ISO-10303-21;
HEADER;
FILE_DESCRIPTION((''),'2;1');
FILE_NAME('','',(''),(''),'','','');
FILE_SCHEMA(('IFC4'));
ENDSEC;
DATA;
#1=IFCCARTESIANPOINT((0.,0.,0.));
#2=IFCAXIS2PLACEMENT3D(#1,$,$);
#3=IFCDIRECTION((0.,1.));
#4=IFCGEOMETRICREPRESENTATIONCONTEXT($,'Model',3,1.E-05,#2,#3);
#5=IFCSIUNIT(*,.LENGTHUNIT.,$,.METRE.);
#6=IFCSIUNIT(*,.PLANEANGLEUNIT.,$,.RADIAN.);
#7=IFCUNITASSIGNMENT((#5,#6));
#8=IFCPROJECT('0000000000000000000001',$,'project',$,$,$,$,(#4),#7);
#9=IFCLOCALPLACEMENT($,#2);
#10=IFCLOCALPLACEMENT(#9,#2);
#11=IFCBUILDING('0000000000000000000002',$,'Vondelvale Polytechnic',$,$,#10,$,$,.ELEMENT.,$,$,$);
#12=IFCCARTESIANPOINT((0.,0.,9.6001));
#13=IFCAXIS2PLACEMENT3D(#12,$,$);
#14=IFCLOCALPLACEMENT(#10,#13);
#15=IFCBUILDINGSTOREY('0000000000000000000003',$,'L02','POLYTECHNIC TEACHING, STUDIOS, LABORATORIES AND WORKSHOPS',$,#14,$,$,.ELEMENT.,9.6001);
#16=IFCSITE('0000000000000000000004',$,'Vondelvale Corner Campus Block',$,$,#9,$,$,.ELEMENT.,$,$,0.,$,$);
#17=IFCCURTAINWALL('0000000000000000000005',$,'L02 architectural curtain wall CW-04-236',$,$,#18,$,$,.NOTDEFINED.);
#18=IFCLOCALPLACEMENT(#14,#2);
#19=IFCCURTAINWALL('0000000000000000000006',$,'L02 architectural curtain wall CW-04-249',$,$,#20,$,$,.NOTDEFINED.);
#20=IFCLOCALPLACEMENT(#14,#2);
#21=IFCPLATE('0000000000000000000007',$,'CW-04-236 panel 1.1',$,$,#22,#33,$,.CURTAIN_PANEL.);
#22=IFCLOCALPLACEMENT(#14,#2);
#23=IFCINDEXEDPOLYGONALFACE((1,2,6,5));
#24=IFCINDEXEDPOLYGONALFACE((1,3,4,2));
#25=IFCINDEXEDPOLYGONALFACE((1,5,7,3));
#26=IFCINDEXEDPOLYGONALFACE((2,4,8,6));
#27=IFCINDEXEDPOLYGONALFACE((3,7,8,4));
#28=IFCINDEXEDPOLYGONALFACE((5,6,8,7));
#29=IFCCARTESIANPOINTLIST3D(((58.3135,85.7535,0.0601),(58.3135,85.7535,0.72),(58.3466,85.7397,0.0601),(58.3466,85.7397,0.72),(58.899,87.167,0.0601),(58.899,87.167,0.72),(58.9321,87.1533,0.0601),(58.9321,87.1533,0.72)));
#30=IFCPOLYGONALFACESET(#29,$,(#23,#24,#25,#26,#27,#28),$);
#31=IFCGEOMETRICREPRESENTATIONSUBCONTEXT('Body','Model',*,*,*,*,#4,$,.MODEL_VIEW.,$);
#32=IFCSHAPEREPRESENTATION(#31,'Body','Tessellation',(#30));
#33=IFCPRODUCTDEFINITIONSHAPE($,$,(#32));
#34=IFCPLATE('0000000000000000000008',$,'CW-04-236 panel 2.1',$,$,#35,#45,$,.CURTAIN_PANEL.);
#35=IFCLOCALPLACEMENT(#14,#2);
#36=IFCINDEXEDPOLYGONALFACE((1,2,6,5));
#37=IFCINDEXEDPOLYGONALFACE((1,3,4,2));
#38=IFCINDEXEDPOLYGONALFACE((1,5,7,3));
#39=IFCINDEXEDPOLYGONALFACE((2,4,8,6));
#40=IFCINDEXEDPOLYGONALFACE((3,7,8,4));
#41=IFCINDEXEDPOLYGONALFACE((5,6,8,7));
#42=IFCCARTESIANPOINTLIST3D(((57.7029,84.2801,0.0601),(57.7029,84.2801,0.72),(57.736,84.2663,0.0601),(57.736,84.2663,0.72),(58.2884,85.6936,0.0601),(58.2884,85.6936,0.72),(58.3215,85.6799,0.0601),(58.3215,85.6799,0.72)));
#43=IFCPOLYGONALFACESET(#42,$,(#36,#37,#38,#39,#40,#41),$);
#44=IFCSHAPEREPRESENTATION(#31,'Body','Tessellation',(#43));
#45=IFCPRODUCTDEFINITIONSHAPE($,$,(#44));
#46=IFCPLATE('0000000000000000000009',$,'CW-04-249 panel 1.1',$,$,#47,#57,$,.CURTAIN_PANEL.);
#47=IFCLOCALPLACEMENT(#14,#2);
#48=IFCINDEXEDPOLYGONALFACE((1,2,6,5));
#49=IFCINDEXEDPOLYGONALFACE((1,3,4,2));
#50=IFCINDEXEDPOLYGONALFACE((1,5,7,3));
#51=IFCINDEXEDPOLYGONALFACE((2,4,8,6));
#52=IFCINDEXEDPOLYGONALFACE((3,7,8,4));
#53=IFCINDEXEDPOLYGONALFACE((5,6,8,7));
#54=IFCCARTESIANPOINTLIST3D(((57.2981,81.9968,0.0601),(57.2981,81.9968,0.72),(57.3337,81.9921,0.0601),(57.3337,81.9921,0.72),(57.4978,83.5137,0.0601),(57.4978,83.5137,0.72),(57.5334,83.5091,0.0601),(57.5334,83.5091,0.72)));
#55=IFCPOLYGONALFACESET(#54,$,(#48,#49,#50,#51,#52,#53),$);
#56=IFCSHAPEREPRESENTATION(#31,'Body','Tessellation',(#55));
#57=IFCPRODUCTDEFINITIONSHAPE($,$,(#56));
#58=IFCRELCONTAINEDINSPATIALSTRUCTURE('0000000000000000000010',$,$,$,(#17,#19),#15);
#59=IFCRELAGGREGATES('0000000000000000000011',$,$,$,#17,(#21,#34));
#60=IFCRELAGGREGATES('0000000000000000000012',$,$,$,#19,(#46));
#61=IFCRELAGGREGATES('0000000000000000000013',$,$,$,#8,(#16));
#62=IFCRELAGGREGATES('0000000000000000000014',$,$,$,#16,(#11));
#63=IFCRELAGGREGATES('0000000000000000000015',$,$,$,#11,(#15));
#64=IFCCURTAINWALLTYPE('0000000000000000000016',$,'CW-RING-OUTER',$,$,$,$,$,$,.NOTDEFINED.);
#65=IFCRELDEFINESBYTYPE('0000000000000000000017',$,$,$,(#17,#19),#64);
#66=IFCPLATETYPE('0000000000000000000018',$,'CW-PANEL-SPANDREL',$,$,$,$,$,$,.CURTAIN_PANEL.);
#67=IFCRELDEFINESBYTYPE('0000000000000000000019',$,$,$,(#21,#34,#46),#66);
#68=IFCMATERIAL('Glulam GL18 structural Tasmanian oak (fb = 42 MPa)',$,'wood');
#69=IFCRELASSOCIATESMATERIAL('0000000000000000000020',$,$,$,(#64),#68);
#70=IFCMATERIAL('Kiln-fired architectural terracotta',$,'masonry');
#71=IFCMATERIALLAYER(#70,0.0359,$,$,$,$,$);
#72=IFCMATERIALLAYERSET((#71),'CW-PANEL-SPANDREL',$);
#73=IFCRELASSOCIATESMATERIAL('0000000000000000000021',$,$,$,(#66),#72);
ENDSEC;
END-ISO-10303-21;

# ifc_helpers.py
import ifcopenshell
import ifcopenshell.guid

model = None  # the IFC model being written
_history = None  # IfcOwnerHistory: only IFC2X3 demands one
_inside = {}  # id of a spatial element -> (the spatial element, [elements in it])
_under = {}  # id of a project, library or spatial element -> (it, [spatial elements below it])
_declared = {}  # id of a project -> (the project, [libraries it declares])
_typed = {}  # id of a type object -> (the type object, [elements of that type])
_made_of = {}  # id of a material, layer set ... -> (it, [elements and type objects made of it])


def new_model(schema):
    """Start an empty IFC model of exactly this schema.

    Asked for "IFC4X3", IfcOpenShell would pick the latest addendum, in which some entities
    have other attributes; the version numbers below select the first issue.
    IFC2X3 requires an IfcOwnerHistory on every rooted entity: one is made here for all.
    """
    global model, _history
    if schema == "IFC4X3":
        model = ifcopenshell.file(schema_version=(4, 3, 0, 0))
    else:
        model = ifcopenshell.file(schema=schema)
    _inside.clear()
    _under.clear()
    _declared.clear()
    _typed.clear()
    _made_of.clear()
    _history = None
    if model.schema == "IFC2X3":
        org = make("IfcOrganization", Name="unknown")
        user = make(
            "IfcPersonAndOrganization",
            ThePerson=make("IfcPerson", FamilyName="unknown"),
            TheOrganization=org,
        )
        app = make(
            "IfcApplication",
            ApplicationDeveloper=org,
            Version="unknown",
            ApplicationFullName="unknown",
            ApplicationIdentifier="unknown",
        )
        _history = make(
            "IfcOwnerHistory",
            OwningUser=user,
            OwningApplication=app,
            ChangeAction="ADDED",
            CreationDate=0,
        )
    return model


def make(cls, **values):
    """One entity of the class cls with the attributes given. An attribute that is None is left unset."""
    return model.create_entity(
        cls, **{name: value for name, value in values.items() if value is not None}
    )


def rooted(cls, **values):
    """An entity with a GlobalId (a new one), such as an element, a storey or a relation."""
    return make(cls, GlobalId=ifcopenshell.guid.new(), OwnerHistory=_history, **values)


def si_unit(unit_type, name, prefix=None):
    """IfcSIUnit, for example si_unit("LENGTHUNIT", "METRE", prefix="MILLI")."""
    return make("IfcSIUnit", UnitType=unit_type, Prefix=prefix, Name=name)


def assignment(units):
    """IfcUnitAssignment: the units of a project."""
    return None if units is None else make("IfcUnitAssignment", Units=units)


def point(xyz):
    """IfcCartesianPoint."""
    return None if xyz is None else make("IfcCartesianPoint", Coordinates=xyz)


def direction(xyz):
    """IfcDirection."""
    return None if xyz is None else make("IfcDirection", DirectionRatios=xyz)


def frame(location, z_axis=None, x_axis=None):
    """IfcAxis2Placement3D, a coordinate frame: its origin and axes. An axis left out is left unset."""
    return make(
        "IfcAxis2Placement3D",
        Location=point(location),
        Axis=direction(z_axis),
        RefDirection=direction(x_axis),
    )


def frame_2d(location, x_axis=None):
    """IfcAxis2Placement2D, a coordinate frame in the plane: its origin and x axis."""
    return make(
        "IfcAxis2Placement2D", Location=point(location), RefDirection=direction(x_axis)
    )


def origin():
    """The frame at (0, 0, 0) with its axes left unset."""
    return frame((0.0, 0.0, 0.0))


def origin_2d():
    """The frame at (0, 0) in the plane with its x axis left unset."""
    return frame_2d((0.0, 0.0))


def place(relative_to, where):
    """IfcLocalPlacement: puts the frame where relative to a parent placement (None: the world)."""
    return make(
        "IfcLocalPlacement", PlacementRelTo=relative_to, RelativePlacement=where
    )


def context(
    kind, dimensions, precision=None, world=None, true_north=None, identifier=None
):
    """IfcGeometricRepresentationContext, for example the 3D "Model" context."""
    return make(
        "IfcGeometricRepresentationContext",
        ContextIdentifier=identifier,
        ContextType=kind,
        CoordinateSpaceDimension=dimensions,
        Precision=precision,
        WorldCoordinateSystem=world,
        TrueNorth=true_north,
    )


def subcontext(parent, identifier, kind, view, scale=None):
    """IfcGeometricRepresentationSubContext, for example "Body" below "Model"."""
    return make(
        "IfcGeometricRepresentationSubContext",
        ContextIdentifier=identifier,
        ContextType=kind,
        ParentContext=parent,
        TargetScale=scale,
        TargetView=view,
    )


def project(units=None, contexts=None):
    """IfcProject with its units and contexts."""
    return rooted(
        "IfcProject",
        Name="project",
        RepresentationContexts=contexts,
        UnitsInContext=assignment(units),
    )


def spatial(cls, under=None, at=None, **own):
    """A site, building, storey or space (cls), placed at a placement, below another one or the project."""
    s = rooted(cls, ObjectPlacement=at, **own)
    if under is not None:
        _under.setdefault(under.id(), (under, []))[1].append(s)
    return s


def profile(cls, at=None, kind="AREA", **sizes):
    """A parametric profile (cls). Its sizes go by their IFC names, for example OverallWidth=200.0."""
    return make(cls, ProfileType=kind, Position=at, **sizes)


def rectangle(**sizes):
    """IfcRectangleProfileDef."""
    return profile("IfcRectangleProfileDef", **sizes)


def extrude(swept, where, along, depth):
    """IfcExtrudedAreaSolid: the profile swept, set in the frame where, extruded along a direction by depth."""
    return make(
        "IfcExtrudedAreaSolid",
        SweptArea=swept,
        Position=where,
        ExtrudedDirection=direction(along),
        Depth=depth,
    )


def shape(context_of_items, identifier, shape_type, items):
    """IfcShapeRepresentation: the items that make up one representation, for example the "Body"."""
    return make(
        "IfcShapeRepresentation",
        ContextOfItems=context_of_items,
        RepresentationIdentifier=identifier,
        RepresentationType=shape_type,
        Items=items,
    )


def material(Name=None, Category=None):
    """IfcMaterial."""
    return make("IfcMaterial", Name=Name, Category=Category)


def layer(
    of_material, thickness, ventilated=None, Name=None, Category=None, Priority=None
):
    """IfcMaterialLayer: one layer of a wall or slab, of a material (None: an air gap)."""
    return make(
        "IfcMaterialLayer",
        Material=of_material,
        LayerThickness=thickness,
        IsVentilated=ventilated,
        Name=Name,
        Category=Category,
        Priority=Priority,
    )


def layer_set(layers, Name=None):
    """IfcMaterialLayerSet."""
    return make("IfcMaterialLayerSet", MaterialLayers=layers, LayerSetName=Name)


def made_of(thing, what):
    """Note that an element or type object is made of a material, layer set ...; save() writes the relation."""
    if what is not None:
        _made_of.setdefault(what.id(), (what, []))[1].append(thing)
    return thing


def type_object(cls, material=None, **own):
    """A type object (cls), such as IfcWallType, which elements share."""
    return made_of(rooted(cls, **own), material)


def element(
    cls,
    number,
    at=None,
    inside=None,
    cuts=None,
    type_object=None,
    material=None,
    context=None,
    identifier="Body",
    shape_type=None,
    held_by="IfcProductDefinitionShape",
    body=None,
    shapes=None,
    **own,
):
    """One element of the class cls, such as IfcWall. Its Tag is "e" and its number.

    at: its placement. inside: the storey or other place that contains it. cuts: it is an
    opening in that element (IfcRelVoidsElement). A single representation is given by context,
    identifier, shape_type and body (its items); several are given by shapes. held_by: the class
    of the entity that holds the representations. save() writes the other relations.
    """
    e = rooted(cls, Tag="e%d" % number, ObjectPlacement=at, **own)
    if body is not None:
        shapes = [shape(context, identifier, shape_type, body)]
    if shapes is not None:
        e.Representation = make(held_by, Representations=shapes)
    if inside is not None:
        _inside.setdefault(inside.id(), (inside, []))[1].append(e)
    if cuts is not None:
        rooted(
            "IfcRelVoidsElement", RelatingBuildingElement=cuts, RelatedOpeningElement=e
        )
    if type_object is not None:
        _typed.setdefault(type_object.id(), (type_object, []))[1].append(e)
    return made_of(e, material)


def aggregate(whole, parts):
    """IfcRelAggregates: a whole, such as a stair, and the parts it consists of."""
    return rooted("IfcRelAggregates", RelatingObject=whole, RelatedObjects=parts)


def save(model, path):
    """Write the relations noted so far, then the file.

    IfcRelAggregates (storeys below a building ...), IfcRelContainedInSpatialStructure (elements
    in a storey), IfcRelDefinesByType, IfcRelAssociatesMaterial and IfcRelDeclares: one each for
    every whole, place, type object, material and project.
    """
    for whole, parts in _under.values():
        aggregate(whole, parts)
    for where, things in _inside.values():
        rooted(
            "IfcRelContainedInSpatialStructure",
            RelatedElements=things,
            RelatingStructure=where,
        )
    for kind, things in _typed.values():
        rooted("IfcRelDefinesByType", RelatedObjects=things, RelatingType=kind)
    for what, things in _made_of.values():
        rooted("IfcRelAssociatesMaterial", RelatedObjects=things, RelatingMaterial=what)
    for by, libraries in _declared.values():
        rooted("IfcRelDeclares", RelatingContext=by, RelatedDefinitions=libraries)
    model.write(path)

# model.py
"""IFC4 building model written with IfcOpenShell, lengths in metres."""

from ifc_helpers import new_model, si_unit, direction, frame, origin, origin_2d, place, context, subcontext, project, spatial, rectangle, extrude, material, layer, layer_set, type_object, element, aggregate, save


model = new_model("IFC4")

# Units and contexts
model_context = context("Model", 3, precision=1e-05, world=origin(), true_north=direction((0.0, 1.0)))
body_context = subcontext(model_context, "Body", "Model", "MODEL_VIEW")
ifc_project = project(units=[si_unit("LENGTHUNIT", "METRE"), si_unit("PLANEANGLEUNIT", "RADIAN")], contexts=[model_context])

# Site, building, storey
site_placement = place(None, origin())
site = spatial("IfcSite", under=ifc_project, at=site_placement, Name="Vondelvale Corner Campus Block", CompositionType="ELEMENT", RefElevation=0.0)
building_placement = place(site_placement, origin())
building = spatial("IfcBuilding", under=site, at=building_placement, Name="Vondelvale Polytechnic", CompositionType="ELEMENT")
storey_placement = place(building_placement, frame((0.0, 0.0, 9.6001)))
storey = spatial("IfcBuildingStorey", under=building, at=storey_placement, Name="L02", Description="POLYTECHNIC TEACHING, STUDIOS, LABORATORIES AND WORKSHOPS", CompositionType="ELEMENT", Elevation=9.6001)

# Shared definitions
ifc_material_1 = material(Name="Glulam GL18 structural Tasmanian oak (fb = 42 MPa)", Category="wood")

# Curtain walls
curtain_wall_type = type_object("IfcCurtainWallType", Name="CW-RING-OUTER", PredefinedType="NOTDEFINED", material=ifc_material_1)
curtain_wall_1_placement = place(storey_placement, origin())
curtain_wall_1 = element("IfcCurtainWall", 1, at=curtain_wall_1_placement, inside=storey, type_object=curtain_wall_type, Name="L02 architectural curtain wall CW-04-236", PredefinedType="NOTDEFINED")
curtain_wall_2_placement = place(storey_placement, origin())
curtain_wall_2 = element("IfcCurtainWall", 2, at=curtain_wall_2_placement, inside=storey, type_object=curtain_wall_type, Name="L02 architectural curtain wall CW-04-249", PredefinedType="NOTDEFINED")

# Plates
ifc_material_2 = material(Name="Kiln-fired architectural terracotta", Category="masonry")
ifc_layer_1 = layer(ifc_material_2, 0.0359)
ifc_layer_set_1 = layer_set([ifc_layer_1], Name="CW-PANEL-SPANDREL")
plate_type_1 = type_object("IfcPlateType", Name="CW-PANEL-SPANDREL", PredefinedType="CURTAIN_PANEL", material=ifc_layer_set_1)
plate_1_placement = place(storey_placement, frame((58.6228, 86.4534, 0.0601), z_axis=(0.0, 0.0, 1.0), x_axis=(-0.382677, -0.923882, 0.0)))
plate_1 = element("IfcPlate", 3, at=plate_1_placement, type_object=plate_type_1, Name="CW-04-236 panel 1.1", PredefinedType="CURTAIN_PANEL", context=body_context, shape_type="SweptSolid", body=[
    extrude(rectangle(XDim=1.53, YDim=0.0359, at=origin_2d()), origin(), (0.0, 0.0, 1.0), 0.6599),
])
plate_2_placement = place(storey_placement, frame((58.0122, 84.98, 0.0601), z_axis=(0.0, 0.0, 1.0), x_axis=(-0.382677, -0.923882, 0.0)))
plate_2 = element("IfcPlate", 4, at=plate_2_placement, type_object=plate_type_1, Name="CW-04-236 panel 2.1", PredefinedType="CURTAIN_PANEL", context=body_context, shape_type="SweptSolid", body=[
    extrude(rectangle(XDim=1.53, YDim=0.0359, at=origin_2d()), origin(), (0.0, 0.0, 1.0), 0.6599),
])
aggregate(curtain_wall_1, [plate_1, plate_2])
plate_3_placement = place(storey_placement, frame((57.4158, 82.7529, 0.0601), z_axis=(0.0, 0.0, 1.0), x_axis=(-0.13054, -0.991443, 0.0)))
plate_3 = element("IfcPlate", 5, at=plate_3_placement, type_object=plate_type_1, Name="CW-04-249 panel 1.1", PredefinedType="CURTAIN_PANEL", context=body_context, shape_type="SweptSolid", body=[
    extrude(rectangle(XDim=1.53, YDim=0.0359, at=origin_2d()), origin(), (0.0, 0.0, 1.0), 0.6599),
])
aggregate(curtain_wall_2, [plate_3])

save(model, "model.ifc")
